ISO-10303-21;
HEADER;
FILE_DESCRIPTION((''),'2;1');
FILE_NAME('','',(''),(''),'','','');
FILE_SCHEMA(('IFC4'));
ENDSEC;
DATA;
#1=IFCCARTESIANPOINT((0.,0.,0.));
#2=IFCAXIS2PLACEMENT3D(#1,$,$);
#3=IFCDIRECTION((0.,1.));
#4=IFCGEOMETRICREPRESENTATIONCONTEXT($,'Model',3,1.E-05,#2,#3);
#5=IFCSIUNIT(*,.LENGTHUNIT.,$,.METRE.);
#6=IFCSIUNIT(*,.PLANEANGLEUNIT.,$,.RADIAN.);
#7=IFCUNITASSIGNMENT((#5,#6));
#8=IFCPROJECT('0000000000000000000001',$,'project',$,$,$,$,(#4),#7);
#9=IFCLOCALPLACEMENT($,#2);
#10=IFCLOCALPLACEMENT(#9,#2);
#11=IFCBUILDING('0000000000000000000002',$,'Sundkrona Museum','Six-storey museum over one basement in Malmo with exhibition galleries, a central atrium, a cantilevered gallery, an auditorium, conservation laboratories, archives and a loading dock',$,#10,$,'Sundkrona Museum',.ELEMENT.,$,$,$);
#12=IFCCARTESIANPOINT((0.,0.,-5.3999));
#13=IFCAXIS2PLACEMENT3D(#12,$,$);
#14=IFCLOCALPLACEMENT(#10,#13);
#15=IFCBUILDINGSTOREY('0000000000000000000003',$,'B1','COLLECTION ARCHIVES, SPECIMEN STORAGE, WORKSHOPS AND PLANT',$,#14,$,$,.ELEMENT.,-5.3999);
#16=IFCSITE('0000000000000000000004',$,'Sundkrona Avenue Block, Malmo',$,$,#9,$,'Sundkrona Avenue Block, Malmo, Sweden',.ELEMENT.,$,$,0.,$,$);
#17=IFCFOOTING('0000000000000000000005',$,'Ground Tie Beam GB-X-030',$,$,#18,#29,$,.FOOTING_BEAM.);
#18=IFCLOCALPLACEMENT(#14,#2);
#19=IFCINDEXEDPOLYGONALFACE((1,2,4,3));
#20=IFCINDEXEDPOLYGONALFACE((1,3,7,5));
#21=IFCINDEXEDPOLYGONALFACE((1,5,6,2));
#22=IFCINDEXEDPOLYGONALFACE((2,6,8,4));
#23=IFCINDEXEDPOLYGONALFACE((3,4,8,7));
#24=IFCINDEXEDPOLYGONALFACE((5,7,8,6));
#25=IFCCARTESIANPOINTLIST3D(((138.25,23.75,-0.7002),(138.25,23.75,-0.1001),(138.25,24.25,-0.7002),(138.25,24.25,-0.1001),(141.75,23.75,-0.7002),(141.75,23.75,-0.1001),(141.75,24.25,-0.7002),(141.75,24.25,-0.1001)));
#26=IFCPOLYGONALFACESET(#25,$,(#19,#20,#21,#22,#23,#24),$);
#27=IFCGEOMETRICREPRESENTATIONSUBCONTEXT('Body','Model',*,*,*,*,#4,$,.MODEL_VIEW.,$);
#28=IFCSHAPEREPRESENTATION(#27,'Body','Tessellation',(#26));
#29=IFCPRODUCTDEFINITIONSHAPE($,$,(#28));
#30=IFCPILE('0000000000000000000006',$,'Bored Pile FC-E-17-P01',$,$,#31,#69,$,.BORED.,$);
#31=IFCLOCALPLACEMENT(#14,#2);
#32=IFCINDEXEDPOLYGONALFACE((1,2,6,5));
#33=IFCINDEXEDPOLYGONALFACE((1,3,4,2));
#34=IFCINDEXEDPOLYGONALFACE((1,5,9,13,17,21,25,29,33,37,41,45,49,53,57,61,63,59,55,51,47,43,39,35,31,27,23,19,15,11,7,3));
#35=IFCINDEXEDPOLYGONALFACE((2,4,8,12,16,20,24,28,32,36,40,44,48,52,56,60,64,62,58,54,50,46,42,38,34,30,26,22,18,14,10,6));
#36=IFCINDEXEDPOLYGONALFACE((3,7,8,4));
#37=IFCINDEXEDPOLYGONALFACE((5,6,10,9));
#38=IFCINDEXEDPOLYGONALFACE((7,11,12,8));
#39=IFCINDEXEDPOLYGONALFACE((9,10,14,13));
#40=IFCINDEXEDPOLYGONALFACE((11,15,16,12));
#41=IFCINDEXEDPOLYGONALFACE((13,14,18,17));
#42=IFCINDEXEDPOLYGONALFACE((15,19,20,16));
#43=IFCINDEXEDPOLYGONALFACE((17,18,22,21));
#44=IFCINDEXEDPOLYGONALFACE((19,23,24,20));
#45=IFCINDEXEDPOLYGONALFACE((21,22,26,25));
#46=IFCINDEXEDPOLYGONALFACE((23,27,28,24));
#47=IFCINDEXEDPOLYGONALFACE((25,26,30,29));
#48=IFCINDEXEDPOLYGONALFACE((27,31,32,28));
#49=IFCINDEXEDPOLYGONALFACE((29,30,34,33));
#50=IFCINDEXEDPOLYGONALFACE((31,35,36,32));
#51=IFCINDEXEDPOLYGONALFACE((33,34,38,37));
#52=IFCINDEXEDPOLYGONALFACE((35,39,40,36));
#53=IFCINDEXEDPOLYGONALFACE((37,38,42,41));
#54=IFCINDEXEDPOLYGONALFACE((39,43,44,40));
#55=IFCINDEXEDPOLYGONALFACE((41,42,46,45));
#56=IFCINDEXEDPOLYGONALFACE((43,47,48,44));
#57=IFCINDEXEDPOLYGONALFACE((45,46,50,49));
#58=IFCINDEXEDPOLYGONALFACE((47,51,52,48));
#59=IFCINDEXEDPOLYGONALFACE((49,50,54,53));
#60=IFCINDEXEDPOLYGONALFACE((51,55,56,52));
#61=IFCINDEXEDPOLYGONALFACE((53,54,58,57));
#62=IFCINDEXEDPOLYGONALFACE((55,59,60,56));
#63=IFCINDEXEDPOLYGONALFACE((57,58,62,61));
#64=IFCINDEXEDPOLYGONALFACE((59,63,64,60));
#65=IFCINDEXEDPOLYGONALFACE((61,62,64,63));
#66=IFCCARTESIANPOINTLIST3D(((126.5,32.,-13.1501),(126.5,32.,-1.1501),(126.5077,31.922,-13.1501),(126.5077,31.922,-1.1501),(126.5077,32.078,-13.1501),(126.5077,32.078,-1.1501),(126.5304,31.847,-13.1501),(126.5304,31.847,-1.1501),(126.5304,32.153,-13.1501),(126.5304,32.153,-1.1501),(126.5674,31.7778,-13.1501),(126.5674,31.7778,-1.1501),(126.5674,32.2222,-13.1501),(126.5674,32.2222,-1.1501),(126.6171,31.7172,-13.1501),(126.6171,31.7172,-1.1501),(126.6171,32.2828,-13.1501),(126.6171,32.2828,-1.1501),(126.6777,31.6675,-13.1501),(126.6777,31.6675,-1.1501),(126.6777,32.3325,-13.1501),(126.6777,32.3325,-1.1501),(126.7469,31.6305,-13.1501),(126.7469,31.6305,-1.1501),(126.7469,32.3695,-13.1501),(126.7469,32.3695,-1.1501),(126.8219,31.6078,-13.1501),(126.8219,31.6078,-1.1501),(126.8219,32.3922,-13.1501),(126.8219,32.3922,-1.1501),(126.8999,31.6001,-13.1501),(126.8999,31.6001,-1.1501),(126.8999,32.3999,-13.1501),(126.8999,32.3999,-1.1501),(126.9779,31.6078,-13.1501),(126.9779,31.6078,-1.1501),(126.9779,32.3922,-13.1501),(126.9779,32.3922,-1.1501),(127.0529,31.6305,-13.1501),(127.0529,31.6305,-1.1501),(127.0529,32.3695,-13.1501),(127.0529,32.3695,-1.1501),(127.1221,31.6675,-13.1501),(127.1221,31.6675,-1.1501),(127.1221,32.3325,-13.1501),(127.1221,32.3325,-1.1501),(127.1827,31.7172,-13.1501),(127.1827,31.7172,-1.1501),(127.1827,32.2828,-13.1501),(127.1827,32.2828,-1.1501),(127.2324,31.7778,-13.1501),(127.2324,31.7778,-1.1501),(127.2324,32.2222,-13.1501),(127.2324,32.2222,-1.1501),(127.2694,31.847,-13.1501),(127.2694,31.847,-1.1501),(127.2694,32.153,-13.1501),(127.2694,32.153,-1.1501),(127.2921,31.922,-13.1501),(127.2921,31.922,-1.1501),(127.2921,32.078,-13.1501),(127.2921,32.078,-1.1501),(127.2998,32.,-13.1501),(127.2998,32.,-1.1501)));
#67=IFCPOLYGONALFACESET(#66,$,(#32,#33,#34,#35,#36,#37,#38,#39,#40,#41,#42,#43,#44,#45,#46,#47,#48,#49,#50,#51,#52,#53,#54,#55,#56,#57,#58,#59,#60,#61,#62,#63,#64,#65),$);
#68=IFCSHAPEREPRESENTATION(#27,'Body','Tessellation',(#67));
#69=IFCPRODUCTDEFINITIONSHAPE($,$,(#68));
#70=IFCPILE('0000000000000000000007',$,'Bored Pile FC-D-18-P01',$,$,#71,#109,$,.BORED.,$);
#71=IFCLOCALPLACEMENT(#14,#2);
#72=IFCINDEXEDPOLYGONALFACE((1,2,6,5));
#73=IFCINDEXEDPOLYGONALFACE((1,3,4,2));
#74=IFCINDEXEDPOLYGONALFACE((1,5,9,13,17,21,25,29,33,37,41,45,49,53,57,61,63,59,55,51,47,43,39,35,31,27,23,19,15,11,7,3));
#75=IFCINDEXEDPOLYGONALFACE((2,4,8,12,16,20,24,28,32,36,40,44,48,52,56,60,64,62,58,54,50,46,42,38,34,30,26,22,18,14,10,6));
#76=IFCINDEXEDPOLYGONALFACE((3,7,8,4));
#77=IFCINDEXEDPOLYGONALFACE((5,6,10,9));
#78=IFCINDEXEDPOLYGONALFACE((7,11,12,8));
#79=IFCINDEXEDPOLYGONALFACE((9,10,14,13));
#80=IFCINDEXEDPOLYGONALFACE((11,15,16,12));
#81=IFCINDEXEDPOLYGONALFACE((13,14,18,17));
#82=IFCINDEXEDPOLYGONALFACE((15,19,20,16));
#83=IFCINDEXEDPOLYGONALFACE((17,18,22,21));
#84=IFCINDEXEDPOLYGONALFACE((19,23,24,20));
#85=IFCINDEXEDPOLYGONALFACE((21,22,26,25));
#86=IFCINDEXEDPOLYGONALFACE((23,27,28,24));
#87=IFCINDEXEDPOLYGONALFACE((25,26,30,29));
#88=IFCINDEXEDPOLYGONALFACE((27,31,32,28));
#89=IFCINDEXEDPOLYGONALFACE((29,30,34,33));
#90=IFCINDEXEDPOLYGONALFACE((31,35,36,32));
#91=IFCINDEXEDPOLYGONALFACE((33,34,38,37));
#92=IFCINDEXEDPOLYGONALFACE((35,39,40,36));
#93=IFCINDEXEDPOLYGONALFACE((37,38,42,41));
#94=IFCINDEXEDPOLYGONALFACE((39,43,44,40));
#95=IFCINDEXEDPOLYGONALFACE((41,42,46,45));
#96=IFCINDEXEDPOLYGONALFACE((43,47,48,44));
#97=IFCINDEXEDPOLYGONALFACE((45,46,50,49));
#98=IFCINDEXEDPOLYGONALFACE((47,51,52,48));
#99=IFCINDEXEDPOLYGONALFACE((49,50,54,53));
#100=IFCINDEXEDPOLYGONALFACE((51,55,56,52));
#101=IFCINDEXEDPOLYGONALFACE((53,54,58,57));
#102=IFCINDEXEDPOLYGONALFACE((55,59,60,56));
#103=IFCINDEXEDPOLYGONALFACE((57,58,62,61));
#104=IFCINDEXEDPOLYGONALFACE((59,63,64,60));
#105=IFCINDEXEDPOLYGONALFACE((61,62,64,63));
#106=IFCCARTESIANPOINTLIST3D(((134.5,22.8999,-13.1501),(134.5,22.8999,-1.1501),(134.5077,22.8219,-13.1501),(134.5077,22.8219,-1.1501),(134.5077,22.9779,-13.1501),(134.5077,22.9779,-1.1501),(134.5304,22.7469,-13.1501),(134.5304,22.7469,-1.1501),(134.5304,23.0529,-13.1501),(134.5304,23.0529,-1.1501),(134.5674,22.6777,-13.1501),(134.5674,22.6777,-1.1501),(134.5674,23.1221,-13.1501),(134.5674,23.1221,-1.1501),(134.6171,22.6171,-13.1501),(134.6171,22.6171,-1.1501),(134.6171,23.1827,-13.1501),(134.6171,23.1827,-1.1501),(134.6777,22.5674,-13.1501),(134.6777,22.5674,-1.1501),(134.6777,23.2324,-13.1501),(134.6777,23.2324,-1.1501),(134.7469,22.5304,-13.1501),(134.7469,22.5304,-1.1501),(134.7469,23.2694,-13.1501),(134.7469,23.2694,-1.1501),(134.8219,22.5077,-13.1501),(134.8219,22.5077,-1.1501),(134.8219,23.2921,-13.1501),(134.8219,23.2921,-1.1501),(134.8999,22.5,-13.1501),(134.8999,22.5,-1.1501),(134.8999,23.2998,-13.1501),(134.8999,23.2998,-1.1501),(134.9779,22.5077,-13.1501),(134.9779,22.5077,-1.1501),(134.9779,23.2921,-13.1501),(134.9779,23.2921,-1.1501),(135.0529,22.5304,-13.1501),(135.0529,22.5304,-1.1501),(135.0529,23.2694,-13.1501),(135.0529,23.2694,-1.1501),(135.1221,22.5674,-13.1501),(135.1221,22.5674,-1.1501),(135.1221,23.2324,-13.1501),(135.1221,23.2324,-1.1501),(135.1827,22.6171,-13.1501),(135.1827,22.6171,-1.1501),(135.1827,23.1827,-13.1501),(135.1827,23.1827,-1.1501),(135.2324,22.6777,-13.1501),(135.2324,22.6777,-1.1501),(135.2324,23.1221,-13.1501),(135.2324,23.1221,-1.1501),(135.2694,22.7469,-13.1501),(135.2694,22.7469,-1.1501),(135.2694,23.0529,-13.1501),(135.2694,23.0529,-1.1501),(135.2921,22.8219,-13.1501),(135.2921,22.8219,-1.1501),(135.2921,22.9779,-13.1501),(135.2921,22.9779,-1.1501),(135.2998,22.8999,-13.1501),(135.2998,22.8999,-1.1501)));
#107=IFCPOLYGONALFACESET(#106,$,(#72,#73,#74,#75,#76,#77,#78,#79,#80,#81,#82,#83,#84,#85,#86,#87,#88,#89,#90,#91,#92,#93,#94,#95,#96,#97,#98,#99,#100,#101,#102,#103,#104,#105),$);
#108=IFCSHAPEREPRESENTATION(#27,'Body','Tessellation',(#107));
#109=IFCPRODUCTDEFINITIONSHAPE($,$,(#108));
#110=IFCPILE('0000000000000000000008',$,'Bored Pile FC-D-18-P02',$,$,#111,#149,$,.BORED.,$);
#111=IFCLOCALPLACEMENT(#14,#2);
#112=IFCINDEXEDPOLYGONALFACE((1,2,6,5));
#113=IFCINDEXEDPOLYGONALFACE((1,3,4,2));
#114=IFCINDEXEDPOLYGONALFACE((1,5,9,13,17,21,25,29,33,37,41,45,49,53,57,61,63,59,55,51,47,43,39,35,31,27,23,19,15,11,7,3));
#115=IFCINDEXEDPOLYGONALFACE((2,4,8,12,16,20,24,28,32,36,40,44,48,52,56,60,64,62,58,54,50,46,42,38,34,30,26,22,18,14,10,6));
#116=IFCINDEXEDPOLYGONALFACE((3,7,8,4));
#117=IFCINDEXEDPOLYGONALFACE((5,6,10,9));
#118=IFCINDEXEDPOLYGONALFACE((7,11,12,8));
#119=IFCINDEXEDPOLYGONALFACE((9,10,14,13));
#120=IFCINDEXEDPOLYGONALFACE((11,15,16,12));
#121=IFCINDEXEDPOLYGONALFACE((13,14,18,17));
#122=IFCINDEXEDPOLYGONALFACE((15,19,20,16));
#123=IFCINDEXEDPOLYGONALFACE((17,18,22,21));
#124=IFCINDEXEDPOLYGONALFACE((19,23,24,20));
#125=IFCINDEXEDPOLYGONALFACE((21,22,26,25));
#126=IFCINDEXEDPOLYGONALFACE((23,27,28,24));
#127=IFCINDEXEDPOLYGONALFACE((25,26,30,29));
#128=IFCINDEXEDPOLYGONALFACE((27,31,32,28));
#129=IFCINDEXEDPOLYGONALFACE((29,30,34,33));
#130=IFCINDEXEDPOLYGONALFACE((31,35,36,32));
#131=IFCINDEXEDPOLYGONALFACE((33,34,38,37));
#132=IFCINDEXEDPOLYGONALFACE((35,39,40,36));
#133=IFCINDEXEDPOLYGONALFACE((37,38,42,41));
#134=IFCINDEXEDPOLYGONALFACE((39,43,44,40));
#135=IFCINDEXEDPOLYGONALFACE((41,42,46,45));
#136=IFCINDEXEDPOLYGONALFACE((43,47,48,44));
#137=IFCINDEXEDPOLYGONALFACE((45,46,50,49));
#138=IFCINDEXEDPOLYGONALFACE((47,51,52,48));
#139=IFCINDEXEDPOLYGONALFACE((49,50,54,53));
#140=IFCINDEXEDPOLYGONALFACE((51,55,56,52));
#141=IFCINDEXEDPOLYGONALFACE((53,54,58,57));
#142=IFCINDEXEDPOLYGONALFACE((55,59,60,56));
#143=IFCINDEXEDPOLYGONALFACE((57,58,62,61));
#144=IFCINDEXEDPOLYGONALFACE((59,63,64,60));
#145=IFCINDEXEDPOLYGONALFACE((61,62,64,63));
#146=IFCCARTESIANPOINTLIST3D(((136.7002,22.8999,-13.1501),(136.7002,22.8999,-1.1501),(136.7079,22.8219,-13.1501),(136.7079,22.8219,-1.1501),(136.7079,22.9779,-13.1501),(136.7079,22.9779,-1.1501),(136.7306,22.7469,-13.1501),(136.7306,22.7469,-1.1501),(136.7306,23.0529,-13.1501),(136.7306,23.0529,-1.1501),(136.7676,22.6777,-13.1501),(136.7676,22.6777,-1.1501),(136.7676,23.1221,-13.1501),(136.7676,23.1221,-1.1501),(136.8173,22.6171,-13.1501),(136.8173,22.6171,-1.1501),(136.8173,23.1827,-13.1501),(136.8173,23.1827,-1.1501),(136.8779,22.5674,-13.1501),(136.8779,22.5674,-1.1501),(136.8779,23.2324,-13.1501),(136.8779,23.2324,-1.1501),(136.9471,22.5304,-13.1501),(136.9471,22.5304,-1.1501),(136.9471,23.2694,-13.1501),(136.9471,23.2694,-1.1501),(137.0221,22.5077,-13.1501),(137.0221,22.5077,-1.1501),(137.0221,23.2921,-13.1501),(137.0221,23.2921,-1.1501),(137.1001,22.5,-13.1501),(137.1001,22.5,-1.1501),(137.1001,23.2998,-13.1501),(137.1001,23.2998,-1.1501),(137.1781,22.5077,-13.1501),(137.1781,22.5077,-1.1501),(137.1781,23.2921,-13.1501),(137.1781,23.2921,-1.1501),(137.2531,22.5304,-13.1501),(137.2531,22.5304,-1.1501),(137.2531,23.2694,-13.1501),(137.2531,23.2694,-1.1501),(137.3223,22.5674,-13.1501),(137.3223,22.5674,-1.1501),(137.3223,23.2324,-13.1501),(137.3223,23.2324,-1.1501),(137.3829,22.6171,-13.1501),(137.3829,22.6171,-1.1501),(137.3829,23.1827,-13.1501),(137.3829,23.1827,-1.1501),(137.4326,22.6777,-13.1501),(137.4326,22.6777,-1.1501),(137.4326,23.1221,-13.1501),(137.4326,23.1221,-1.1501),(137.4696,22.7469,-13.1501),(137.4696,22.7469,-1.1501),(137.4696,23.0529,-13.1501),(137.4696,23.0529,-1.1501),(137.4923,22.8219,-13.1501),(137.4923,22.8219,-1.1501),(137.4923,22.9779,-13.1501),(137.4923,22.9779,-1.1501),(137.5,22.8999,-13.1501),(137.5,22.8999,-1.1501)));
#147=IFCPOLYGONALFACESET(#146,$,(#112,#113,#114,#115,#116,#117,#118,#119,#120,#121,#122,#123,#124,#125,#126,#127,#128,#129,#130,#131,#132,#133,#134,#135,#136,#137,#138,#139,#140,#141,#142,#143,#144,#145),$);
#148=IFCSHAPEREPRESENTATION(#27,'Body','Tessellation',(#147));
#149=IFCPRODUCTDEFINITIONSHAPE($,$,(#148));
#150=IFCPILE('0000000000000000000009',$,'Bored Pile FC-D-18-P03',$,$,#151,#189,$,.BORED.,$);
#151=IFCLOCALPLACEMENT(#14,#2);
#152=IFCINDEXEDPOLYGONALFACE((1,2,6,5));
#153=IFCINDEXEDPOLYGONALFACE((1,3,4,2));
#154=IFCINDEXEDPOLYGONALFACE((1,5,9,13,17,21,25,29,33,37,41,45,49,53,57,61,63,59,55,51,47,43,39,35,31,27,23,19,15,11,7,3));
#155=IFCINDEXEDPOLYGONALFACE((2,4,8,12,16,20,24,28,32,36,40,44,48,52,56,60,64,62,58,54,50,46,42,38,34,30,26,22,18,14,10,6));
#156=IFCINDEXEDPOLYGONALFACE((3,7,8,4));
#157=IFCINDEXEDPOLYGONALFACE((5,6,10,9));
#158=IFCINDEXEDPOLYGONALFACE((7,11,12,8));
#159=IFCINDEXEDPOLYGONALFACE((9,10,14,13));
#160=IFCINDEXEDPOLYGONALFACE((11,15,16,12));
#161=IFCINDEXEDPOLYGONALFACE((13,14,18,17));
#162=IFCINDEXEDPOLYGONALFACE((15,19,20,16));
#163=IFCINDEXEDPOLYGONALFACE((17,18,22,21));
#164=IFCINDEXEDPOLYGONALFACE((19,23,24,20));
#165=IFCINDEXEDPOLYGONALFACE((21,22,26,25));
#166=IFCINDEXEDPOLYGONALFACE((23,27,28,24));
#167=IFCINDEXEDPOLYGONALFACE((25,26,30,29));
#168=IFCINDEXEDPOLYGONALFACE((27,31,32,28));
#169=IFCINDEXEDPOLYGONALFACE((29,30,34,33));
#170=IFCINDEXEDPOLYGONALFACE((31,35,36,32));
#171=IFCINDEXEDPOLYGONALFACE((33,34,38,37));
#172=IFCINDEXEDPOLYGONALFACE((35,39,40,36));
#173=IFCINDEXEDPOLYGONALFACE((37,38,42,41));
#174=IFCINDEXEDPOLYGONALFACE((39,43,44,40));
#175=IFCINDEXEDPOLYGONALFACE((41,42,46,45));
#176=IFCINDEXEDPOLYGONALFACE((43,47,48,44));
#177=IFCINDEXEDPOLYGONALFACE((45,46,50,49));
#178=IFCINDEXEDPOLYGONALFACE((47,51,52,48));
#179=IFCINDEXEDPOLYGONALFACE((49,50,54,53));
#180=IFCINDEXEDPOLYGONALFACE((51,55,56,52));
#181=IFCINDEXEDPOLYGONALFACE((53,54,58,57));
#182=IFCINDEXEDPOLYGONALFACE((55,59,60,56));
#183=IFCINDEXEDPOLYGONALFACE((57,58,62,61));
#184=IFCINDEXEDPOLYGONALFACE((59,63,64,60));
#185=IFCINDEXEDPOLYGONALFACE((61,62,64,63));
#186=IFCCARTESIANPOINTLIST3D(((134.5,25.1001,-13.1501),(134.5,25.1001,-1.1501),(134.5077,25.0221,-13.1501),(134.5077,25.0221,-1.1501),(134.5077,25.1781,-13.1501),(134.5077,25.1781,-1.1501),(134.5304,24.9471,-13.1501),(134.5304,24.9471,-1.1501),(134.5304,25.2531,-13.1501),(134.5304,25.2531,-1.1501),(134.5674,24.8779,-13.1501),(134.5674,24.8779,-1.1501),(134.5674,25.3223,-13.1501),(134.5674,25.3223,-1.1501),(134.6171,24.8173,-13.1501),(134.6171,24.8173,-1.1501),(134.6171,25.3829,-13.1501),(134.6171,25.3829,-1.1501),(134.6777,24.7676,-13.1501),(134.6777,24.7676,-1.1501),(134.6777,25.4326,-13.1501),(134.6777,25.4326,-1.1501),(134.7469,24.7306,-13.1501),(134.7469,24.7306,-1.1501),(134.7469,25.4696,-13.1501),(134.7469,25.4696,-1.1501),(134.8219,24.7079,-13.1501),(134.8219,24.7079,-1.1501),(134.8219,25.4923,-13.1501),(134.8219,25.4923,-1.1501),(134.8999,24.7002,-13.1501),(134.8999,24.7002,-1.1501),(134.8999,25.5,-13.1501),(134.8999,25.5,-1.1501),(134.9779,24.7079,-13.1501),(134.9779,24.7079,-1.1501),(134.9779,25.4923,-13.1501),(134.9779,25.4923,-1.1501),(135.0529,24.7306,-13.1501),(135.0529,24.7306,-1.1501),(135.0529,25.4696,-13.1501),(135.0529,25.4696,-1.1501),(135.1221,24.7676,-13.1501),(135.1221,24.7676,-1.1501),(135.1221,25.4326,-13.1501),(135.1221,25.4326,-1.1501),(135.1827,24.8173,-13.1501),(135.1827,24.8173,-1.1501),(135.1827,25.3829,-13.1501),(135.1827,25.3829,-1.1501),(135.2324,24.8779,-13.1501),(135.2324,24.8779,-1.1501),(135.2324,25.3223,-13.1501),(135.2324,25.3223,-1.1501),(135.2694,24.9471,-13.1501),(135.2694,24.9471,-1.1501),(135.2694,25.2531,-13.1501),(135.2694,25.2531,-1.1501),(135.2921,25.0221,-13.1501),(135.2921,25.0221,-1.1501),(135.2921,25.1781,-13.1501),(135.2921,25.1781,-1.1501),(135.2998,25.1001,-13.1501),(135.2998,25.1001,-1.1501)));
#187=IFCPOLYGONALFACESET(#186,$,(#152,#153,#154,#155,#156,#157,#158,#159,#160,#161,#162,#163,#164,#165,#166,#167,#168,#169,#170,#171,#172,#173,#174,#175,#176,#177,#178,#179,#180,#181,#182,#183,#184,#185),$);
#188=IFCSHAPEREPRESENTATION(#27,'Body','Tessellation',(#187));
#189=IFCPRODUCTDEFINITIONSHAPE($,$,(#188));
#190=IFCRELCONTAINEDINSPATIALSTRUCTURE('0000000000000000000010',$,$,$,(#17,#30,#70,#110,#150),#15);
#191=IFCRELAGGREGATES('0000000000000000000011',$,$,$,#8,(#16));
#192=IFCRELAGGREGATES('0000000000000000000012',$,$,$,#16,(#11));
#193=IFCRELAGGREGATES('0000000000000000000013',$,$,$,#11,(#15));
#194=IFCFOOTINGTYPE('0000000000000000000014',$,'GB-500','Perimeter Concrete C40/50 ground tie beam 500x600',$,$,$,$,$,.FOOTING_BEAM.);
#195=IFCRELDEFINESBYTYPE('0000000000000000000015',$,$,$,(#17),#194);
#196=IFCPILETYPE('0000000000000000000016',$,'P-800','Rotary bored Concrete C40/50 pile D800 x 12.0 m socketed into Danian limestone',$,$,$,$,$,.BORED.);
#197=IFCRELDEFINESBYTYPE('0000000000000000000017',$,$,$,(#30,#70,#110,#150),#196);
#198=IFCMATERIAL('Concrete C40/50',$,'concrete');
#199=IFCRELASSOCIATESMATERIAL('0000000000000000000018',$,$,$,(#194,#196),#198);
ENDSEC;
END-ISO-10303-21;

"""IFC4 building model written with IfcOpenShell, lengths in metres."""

from ifc_helpers import new_model, si_unit, direction, frame, origin, origin_2d, place, context, subcontext, project, spatial, rectangle, circle, extrude, material, material_profile, profile_set, type_object, element, save


model = new_model("IFC4")

# Units and contexts
model_context = context("Model", 3, precision=1e-05, world=origin(), true_north=direction((0.0, 1.0)))
body_context = subcontext(model_context, "Body", "Model", "MODEL_VIEW")
ifc_project = project(units=[si_unit("LENGTHUNIT", "METRE"), si_unit("PLANEANGLEUNIT", "RADIAN")], contexts=[model_context])

# Site, building, storey
site_placement = place(None, origin())
site = spatial("IfcSite", under=ifc_project, at=site_placement, Name="Sundkrona Avenue Block, Malmo", LongName="Sundkrona Avenue Block, Malmo, Sweden", CompositionType="ELEMENT", RefElevation=0.0)
building_placement = place(site_placement, origin())
building = spatial("IfcBuilding", under=site, at=building_placement, Name="Sundkrona Museum", Description="Six-storey museum over one basement in Malmo with exhibition galleries, a central atrium, a cantilevered gallery, an auditorium, conservation laboratories, archives and a loading dock", LongName="Sundkrona Museum", CompositionType="ELEMENT")
storey_placement = place(building_placement, frame((0.0, 0.0, -5.3999)))
storey = spatial("IfcBuildingStorey", under=building, at=storey_placement, Name="B1", Description="COLLECTION ARCHIVES, SPECIMEN STORAGE, WORKSHOPS AND PLANT", CompositionType="ELEMENT", Elevation=-5.3999)

# Footing
ifc_material_1 = material(Name="Concrete C40/50", Category="concrete")
footing_type_1 = type_object("IfcFootingType", Name="GB-500", Description="Perimeter Concrete C40/50 ground tie beam 500x600", PredefinedType="FOOTING_BEAM", material=ifc_material_1)
footing_1_placement = place(storey_placement, frame((140.0, 24.0, -0.7002), z_axis=(0.0, 0.0, 1.0), x_axis=(1.0, 0.0, 0.0)))
element("IfcFooting", 1, at=footing_1_placement, inside=storey, type_object=footing_type_1, Name="Ground Tie Beam GB-X-030", PredefinedType="FOOTING_BEAM", context=body_context, shape_type="SweptSolid", body=[
    extrude(rectangle(XDim=3.5, YDim=0.5, at=origin_2d()), origin(), (0.0, 0.0, 1.0), 0.6001),
])

# Piles
ifc_material_profile_1 = material_profile(ifc_material_1, circle(Radius=0.3999, at=origin_2d()), Name="PILE D800")
ifc_profile_set_1 = profile_set([ifc_material_profile_1], Name="Concrete C40/50")
pile_type = type_object("IfcPileType", Name="P-800", Description="Rotary bored Concrete C40/50 pile D800 x 12.0 m socketed into Danian limestone", PredefinedType="BORED", material=ifc_profile_set_1)
for number, where, z_axis, x_axis, name in (
    (2, (126.8999, 32.0, -1.1501), (0.0, 0.0, -1.0), (1.0, 0.0, 0.0), "Bored Pile FC-E-17-P01"),
    (3, (134.8999, 22.8999, -1.1501), (0.0, 0.0, -1.0), (1.0, 0.0, 0.0), "Bored Pile FC-D-18-P01"),
    (4, (137.1001, 22.8999, -1.1501), (0.0, 0.0, -1.0), (1.0, 0.0, 0.0), "Bored Pile FC-D-18-P02"),
    (5, (134.8999, 25.1001, -1.1501), (0.0, 0.0, -1.0), (1.0, 0.0, 0.0), "Bored Pile FC-D-18-P03"),
):
    element("IfcPile", number, at=place(storey_placement, frame(where, z_axis=z_axis, x_axis=x_axis)), inside=storey, type_object=pile_type, Name=name, PredefinedType="BORED", context=body_context, shape_type="SweptSolid", body=[
        extrude(circle(Radius=0.3999, at=origin_2d()), origin(), (0.0, 0.0, 1.0), 12.0),
    ])

save(model, "model.ifc")
